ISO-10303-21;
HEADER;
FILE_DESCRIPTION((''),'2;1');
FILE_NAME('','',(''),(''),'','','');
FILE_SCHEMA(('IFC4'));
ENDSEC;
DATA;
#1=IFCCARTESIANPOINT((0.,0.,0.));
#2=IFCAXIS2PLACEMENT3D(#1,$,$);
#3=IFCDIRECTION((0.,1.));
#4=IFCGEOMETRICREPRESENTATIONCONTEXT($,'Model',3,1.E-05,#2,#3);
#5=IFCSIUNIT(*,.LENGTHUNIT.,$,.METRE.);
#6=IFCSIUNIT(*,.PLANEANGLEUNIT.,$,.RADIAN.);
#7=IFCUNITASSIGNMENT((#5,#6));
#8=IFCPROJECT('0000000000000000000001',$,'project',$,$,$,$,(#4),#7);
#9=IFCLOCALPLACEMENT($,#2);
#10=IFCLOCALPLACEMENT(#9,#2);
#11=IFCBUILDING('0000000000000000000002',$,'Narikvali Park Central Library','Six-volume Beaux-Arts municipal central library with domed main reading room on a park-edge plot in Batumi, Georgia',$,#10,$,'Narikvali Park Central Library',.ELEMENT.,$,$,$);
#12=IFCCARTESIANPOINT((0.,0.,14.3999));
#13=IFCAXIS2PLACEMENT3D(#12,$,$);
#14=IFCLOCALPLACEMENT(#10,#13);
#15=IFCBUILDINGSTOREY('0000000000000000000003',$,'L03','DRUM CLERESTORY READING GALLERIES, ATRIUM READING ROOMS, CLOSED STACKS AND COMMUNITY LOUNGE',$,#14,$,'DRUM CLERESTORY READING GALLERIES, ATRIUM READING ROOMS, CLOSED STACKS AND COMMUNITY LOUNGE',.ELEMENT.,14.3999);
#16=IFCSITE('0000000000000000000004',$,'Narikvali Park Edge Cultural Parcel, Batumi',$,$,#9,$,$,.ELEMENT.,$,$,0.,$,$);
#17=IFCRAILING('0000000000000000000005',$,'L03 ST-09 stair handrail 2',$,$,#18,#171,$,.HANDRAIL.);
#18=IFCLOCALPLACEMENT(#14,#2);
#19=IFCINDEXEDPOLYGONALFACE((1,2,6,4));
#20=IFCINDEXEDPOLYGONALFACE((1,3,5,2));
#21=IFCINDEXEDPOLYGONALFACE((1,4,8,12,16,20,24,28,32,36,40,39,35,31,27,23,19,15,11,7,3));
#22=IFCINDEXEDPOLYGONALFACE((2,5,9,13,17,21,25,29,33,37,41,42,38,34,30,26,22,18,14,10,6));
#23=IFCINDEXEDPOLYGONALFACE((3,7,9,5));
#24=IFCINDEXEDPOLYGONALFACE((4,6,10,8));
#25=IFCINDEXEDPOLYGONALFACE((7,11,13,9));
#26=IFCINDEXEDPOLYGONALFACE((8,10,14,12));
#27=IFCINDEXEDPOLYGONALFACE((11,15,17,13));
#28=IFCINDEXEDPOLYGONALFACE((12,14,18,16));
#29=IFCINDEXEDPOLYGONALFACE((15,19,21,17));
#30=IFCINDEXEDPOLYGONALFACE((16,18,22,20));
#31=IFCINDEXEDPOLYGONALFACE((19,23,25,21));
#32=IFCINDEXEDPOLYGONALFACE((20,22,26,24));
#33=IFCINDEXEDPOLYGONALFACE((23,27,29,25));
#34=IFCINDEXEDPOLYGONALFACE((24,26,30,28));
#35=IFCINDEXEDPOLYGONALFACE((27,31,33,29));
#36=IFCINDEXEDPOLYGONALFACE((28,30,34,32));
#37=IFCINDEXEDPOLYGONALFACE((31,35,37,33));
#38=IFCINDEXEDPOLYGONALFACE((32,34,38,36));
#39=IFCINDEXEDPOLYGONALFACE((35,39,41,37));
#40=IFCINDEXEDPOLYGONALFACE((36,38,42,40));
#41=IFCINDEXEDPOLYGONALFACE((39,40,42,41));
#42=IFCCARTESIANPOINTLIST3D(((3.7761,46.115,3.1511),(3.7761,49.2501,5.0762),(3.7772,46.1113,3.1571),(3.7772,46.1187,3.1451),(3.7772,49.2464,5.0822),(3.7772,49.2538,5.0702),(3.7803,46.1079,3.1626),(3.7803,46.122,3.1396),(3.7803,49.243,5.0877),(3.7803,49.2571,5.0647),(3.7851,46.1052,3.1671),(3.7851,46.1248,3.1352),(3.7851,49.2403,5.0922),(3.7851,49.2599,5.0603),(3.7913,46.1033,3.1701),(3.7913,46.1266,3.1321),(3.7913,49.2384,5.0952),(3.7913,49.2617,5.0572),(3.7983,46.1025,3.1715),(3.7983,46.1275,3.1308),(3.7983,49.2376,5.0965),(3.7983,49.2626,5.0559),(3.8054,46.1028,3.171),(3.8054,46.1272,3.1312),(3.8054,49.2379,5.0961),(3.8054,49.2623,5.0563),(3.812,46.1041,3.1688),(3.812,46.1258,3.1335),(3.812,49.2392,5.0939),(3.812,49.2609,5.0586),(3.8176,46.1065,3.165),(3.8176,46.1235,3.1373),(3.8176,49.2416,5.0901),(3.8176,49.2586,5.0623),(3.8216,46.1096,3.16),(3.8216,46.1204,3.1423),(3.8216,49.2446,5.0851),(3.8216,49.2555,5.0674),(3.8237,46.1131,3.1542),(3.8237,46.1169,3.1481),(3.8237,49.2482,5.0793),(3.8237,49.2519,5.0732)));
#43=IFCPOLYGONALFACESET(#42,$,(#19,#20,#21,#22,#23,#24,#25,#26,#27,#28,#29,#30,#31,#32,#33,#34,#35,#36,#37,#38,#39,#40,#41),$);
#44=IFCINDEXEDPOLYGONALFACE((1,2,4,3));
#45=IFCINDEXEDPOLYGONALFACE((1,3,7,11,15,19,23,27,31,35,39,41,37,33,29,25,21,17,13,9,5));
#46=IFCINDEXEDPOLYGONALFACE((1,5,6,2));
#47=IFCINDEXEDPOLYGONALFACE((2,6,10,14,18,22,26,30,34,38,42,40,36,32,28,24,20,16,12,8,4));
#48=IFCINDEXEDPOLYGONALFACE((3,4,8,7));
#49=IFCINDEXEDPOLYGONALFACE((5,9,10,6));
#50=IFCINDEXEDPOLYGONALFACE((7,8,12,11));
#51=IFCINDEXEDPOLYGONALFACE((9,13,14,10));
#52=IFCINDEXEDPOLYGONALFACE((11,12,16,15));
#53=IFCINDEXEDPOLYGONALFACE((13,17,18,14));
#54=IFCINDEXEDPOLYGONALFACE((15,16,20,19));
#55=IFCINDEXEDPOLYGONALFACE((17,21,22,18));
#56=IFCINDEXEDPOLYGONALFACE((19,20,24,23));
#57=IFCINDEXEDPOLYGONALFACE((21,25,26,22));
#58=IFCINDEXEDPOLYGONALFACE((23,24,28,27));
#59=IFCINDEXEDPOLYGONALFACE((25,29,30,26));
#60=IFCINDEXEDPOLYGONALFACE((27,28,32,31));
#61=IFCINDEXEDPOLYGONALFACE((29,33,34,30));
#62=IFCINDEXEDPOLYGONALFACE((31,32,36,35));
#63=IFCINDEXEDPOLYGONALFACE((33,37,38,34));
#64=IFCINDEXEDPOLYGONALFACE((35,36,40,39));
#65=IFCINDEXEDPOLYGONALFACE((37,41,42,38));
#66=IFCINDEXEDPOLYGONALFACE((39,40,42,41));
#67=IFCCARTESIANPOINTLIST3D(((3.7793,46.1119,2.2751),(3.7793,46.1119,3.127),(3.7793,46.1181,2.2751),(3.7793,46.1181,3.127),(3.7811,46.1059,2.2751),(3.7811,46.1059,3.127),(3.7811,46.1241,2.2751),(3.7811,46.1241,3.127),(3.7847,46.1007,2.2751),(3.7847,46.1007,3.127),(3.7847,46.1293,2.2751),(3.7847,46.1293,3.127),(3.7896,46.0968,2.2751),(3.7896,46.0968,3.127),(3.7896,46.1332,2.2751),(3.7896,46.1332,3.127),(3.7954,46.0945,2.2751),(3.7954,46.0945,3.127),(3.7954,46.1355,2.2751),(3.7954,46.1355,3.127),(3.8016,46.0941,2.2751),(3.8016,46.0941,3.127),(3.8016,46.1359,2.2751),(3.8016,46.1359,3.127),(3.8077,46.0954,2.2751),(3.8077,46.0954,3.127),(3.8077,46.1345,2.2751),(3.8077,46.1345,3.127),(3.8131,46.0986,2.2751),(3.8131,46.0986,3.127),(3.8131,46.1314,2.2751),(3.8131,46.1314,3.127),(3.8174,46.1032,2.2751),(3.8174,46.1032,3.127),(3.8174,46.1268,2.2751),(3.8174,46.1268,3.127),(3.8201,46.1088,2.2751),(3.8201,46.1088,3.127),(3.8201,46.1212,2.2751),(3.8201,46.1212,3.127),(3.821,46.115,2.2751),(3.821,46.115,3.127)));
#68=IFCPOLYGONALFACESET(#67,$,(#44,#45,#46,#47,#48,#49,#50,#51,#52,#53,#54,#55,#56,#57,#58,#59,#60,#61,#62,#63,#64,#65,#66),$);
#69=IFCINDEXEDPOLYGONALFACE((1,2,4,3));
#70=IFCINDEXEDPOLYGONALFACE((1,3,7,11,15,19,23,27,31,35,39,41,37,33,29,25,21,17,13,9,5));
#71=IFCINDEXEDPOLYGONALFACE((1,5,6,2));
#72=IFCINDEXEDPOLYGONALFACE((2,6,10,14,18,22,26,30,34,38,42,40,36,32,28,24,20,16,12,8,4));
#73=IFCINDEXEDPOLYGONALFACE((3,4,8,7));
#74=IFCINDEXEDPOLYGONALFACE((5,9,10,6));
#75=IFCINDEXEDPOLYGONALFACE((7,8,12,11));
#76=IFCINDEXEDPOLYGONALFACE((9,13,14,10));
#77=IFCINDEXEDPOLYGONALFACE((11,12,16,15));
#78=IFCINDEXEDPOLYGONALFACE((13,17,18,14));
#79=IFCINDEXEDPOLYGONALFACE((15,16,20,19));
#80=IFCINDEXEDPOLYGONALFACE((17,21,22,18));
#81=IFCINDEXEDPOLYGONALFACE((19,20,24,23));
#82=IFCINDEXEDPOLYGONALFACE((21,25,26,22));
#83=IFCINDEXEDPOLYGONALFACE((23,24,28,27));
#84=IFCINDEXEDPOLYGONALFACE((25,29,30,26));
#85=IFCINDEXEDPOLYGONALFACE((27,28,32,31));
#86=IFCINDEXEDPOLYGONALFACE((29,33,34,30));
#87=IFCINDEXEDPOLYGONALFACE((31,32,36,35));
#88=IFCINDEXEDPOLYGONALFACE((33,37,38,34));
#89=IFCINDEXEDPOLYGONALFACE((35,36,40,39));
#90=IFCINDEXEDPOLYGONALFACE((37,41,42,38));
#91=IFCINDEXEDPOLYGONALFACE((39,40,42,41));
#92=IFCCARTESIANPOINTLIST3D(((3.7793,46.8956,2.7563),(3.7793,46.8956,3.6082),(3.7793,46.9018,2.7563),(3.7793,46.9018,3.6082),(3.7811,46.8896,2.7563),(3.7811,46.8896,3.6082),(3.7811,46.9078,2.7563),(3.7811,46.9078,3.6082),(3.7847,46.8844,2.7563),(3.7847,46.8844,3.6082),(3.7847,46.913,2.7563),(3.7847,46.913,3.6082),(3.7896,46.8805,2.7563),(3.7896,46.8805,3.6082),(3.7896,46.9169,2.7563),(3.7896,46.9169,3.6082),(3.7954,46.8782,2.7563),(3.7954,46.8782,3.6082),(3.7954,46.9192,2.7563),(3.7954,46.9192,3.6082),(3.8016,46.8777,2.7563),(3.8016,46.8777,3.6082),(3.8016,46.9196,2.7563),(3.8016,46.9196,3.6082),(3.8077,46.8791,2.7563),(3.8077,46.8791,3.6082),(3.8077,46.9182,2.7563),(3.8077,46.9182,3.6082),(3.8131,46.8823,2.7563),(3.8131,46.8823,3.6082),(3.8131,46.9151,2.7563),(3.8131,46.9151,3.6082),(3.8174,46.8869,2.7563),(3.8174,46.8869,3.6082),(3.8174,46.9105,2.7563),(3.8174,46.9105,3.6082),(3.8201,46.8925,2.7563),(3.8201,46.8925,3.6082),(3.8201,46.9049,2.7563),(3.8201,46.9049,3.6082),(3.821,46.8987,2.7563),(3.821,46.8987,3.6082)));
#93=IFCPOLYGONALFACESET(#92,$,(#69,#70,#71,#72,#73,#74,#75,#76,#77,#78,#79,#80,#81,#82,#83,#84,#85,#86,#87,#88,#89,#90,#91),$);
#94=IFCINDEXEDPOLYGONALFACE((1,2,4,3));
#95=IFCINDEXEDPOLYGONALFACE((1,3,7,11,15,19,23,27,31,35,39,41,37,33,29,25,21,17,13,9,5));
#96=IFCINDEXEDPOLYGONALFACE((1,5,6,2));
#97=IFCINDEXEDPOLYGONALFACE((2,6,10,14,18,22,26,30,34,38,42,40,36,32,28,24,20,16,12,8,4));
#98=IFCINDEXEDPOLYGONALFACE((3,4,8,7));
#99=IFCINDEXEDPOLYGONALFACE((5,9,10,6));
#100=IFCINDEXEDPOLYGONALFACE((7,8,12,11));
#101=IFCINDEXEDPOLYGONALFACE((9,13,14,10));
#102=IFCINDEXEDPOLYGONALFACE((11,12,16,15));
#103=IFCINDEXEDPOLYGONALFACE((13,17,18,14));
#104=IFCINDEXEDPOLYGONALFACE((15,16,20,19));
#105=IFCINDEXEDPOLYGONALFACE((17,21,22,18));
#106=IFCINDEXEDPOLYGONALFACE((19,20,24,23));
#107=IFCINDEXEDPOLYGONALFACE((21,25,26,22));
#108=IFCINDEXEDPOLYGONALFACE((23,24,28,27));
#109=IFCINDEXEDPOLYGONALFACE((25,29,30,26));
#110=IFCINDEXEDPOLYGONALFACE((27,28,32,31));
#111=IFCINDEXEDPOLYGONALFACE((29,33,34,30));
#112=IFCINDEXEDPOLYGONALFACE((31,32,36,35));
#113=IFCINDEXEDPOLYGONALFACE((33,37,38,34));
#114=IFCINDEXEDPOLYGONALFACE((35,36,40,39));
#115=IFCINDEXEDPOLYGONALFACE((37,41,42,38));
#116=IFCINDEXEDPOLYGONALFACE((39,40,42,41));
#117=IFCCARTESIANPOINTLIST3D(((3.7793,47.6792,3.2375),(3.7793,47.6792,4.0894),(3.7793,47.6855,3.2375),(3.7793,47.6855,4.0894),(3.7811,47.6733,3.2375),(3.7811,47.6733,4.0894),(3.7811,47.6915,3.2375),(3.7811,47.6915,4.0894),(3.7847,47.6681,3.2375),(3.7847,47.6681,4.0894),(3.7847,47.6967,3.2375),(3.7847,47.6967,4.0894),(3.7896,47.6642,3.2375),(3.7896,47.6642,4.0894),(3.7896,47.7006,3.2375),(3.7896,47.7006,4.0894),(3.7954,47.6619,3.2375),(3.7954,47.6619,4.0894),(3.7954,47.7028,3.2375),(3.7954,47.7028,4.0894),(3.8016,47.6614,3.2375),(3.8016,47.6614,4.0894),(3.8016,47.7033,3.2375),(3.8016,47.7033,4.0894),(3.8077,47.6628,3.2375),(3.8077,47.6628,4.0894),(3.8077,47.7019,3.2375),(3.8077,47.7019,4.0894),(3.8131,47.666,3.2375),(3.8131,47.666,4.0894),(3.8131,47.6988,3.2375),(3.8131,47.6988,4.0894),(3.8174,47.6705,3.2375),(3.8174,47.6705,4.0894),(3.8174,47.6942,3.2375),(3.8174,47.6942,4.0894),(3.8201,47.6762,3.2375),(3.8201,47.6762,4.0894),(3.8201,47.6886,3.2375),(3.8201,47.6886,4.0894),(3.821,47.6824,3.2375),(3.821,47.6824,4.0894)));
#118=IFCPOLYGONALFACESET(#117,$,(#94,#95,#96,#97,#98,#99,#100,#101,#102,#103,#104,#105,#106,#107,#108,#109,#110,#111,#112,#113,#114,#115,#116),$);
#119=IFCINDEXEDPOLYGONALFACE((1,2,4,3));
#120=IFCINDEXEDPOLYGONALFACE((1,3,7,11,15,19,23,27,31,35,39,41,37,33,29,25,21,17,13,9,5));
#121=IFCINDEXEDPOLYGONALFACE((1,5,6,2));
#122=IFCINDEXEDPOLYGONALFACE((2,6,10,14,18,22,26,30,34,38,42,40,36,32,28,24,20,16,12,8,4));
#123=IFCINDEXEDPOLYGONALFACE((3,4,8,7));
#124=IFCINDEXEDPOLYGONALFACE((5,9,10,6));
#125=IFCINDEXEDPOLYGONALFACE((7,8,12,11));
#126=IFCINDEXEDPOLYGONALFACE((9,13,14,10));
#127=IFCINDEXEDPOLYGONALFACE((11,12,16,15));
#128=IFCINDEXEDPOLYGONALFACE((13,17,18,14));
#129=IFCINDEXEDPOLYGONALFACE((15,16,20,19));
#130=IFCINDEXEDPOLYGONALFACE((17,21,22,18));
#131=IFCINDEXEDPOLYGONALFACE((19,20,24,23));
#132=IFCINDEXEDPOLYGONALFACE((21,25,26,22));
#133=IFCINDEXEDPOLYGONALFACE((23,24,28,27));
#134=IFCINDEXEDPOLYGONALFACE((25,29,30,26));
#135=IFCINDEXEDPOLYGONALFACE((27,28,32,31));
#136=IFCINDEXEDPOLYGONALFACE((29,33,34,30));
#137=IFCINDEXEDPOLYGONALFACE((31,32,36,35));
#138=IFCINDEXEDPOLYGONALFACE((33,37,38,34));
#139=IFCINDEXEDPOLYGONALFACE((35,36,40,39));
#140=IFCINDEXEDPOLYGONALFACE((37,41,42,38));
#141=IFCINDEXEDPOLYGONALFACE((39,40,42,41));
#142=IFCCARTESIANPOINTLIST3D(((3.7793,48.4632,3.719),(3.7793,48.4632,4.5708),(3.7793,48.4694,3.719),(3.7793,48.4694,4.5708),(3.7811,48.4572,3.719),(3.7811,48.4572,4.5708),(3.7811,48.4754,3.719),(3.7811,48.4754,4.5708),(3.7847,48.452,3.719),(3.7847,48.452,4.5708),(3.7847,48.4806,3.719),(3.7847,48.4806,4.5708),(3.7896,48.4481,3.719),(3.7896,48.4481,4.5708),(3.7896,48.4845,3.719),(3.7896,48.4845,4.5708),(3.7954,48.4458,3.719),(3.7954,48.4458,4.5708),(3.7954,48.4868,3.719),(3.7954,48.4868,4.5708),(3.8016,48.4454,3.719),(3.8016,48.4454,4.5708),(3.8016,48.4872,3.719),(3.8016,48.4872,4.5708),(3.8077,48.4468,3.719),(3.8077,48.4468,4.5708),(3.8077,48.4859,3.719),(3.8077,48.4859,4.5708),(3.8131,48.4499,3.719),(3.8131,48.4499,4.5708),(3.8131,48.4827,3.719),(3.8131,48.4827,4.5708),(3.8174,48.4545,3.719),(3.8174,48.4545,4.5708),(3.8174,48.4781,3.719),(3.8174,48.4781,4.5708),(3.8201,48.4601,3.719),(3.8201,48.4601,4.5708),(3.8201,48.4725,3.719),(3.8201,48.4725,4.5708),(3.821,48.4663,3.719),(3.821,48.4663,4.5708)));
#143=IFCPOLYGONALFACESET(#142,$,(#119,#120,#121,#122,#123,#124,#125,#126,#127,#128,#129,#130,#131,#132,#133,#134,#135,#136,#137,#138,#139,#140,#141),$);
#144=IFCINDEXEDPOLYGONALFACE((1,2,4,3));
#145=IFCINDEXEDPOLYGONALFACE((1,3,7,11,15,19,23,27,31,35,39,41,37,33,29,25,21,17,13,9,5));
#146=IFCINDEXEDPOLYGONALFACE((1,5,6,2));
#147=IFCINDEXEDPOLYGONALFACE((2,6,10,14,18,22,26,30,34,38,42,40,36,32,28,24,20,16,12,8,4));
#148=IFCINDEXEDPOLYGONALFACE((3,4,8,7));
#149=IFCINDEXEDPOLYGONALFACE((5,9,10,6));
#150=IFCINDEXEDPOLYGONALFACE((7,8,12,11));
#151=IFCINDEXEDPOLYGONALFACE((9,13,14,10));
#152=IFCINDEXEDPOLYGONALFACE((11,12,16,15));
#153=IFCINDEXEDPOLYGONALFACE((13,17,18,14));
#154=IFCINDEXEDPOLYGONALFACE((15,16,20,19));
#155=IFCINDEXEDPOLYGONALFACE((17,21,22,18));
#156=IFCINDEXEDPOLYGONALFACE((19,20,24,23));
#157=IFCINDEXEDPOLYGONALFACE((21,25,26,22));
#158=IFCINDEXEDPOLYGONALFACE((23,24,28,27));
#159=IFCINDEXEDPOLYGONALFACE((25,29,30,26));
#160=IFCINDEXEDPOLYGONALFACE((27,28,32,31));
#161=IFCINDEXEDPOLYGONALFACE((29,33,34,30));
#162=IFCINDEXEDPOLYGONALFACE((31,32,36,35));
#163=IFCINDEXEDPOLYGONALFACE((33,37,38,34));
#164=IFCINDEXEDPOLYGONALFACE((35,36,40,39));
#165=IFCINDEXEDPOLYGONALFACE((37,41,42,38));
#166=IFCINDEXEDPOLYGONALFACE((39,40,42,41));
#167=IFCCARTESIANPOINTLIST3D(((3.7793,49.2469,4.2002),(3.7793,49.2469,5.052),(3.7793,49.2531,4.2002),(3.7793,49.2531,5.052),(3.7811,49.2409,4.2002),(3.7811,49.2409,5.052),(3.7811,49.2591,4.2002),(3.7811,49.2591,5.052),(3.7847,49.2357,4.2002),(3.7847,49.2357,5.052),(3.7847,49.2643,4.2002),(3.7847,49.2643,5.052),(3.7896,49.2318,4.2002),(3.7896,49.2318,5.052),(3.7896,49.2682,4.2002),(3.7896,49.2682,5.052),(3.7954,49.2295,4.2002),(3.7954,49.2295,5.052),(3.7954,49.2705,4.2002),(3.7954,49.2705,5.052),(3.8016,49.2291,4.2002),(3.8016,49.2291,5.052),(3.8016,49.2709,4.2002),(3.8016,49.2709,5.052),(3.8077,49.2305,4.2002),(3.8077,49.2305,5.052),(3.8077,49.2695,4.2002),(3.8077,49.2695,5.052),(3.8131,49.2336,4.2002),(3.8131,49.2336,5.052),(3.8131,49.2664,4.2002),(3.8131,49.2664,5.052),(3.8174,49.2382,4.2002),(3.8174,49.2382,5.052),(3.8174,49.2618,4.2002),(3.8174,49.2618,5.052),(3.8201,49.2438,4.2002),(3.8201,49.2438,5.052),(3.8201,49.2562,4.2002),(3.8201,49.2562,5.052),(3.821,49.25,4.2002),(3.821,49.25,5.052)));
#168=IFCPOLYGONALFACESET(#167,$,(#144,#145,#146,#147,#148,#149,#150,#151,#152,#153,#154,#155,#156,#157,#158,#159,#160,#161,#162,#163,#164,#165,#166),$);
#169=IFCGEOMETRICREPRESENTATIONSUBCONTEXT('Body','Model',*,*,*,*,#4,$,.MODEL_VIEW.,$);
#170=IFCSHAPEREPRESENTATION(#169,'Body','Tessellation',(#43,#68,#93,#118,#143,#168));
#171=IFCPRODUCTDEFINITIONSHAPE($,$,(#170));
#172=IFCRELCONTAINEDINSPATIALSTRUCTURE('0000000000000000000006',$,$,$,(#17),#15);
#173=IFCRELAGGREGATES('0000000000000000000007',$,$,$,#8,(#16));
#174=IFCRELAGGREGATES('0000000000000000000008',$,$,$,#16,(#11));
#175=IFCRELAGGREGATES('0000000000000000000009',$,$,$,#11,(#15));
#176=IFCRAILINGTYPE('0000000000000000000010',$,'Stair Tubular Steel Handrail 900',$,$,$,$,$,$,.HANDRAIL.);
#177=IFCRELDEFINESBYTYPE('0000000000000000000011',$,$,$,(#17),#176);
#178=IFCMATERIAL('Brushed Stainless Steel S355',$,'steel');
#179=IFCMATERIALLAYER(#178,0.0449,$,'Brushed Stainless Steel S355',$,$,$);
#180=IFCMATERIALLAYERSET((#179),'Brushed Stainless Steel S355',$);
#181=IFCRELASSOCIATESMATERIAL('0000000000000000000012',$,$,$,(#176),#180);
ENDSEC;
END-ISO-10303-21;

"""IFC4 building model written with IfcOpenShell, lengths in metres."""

from ifc_helpers import new_model, si_unit, direction, frame, origin, origin_2d, place, context, subcontext, project, spatial, circle, extrude, material, layer, layer_set, type_object, element, save


model = new_model("IFC4")

# Units and contexts
model_context = context("Model", 3, precision=1e-05, world=origin(), true_north=direction((0.0, 1.0)))
body_context = subcontext(model_context, "Body", "Model", "MODEL_VIEW")
ifc_project = project(units=[si_unit("LENGTHUNIT", "METRE"), si_unit("PLANEANGLEUNIT", "RADIAN")], contexts=[model_context])

# Site, building, storey
site_placement = place(None, origin())
site = spatial("IfcSite", under=ifc_project, at=site_placement, Name="Narikvali Park Edge Cultural Parcel, Batumi", CompositionType="ELEMENT", RefElevation=0.0)
building_placement = place(site_placement, origin())
building = spatial("IfcBuilding", under=site, at=building_placement, Name="Narikvali Park Central Library", Description="Six-volume Beaux-Arts municipal central library with domed main reading room on a park-edge plot in Batumi, Georgia", LongName="Narikvali Park Central Library", CompositionType="ELEMENT")
storey_placement = place(building_placement, frame((0.0, 0.0, 14.3999)))
storey = spatial("IfcBuildingStorey", under=building, at=storey_placement, Name="L03", Description="DRUM CLERESTORY READING GALLERIES, ATRIUM READING ROOMS, CLOSED STACKS AND COMMUNITY LOUNGE", LongName="DRUM CLERESTORY READING GALLERIES, ATRIUM READING ROOMS, CLOSED STACKS AND COMMUNITY LOUNGE", CompositionType="ELEMENT", Elevation=14.3999)

# Shared definitions
ifc_material_1 = material(Name="Brushed Stainless Steel S355", Category="steel")

# Railing
ifc_layer_1 = layer(ifc_material_1, 0.0449, Name="Brushed Stainless Steel S355")
ifc_layer_set_1 = layer_set([ifc_layer_1], Name="Brushed Stainless Steel S355")
railing_type_1 = type_object("IfcRailingType", Name="Stair Tubular Steel Handrail 900", PredefinedType="HANDRAIL", material=ifc_layer_set_1)
railing_1_placement = place(storey_placement, frame((3.8, 46.115, 2.2751)))
element("IfcRailing", 1, at=railing_1_placement, inside=storey, type_object=railing_type_1, Name="L03 ST-09 stair handrail 2", PredefinedType="HANDRAIL", context=body_context, shape_type="SweptSolid", body=[
    extrude(circle(Radius=0.0239, at=origin_2d()), frame((0.0, 0.0, 0.876), z_axis=(0.0, 0.852166, 0.523271), x_axis=(-1.0, 0.0, 0.0)), (0.0, 0.0, 1.0), 3.679),
    extrude(circle(Radius=0.021, at=origin_2d()), origin(), (0.0, 0.0, 1.0), 0.8518),
    extrude(circle(Radius=0.021, at=origin_2d()), frame((0.0, 0.7837, 0.4812)), (0.0, 0.0, 1.0), 0.8518),
    extrude(circle(Radius=0.021, at=origin_2d()), frame((0.0, 1.5674, 0.9624)), (0.0, 0.0, 1.0), 0.8518),
    extrude(circle(Radius=0.021, at=origin_2d()), frame((0.0, 2.3513, 1.4438)), (0.0, 0.0, 1.0), 0.8518),
    extrude(circle(Radius=0.021, at=origin_2d()), frame((0.0, 3.135, 1.925)), (0.0, 0.0, 1.0), 0.8518),
])

save(model, "model.ifc")
